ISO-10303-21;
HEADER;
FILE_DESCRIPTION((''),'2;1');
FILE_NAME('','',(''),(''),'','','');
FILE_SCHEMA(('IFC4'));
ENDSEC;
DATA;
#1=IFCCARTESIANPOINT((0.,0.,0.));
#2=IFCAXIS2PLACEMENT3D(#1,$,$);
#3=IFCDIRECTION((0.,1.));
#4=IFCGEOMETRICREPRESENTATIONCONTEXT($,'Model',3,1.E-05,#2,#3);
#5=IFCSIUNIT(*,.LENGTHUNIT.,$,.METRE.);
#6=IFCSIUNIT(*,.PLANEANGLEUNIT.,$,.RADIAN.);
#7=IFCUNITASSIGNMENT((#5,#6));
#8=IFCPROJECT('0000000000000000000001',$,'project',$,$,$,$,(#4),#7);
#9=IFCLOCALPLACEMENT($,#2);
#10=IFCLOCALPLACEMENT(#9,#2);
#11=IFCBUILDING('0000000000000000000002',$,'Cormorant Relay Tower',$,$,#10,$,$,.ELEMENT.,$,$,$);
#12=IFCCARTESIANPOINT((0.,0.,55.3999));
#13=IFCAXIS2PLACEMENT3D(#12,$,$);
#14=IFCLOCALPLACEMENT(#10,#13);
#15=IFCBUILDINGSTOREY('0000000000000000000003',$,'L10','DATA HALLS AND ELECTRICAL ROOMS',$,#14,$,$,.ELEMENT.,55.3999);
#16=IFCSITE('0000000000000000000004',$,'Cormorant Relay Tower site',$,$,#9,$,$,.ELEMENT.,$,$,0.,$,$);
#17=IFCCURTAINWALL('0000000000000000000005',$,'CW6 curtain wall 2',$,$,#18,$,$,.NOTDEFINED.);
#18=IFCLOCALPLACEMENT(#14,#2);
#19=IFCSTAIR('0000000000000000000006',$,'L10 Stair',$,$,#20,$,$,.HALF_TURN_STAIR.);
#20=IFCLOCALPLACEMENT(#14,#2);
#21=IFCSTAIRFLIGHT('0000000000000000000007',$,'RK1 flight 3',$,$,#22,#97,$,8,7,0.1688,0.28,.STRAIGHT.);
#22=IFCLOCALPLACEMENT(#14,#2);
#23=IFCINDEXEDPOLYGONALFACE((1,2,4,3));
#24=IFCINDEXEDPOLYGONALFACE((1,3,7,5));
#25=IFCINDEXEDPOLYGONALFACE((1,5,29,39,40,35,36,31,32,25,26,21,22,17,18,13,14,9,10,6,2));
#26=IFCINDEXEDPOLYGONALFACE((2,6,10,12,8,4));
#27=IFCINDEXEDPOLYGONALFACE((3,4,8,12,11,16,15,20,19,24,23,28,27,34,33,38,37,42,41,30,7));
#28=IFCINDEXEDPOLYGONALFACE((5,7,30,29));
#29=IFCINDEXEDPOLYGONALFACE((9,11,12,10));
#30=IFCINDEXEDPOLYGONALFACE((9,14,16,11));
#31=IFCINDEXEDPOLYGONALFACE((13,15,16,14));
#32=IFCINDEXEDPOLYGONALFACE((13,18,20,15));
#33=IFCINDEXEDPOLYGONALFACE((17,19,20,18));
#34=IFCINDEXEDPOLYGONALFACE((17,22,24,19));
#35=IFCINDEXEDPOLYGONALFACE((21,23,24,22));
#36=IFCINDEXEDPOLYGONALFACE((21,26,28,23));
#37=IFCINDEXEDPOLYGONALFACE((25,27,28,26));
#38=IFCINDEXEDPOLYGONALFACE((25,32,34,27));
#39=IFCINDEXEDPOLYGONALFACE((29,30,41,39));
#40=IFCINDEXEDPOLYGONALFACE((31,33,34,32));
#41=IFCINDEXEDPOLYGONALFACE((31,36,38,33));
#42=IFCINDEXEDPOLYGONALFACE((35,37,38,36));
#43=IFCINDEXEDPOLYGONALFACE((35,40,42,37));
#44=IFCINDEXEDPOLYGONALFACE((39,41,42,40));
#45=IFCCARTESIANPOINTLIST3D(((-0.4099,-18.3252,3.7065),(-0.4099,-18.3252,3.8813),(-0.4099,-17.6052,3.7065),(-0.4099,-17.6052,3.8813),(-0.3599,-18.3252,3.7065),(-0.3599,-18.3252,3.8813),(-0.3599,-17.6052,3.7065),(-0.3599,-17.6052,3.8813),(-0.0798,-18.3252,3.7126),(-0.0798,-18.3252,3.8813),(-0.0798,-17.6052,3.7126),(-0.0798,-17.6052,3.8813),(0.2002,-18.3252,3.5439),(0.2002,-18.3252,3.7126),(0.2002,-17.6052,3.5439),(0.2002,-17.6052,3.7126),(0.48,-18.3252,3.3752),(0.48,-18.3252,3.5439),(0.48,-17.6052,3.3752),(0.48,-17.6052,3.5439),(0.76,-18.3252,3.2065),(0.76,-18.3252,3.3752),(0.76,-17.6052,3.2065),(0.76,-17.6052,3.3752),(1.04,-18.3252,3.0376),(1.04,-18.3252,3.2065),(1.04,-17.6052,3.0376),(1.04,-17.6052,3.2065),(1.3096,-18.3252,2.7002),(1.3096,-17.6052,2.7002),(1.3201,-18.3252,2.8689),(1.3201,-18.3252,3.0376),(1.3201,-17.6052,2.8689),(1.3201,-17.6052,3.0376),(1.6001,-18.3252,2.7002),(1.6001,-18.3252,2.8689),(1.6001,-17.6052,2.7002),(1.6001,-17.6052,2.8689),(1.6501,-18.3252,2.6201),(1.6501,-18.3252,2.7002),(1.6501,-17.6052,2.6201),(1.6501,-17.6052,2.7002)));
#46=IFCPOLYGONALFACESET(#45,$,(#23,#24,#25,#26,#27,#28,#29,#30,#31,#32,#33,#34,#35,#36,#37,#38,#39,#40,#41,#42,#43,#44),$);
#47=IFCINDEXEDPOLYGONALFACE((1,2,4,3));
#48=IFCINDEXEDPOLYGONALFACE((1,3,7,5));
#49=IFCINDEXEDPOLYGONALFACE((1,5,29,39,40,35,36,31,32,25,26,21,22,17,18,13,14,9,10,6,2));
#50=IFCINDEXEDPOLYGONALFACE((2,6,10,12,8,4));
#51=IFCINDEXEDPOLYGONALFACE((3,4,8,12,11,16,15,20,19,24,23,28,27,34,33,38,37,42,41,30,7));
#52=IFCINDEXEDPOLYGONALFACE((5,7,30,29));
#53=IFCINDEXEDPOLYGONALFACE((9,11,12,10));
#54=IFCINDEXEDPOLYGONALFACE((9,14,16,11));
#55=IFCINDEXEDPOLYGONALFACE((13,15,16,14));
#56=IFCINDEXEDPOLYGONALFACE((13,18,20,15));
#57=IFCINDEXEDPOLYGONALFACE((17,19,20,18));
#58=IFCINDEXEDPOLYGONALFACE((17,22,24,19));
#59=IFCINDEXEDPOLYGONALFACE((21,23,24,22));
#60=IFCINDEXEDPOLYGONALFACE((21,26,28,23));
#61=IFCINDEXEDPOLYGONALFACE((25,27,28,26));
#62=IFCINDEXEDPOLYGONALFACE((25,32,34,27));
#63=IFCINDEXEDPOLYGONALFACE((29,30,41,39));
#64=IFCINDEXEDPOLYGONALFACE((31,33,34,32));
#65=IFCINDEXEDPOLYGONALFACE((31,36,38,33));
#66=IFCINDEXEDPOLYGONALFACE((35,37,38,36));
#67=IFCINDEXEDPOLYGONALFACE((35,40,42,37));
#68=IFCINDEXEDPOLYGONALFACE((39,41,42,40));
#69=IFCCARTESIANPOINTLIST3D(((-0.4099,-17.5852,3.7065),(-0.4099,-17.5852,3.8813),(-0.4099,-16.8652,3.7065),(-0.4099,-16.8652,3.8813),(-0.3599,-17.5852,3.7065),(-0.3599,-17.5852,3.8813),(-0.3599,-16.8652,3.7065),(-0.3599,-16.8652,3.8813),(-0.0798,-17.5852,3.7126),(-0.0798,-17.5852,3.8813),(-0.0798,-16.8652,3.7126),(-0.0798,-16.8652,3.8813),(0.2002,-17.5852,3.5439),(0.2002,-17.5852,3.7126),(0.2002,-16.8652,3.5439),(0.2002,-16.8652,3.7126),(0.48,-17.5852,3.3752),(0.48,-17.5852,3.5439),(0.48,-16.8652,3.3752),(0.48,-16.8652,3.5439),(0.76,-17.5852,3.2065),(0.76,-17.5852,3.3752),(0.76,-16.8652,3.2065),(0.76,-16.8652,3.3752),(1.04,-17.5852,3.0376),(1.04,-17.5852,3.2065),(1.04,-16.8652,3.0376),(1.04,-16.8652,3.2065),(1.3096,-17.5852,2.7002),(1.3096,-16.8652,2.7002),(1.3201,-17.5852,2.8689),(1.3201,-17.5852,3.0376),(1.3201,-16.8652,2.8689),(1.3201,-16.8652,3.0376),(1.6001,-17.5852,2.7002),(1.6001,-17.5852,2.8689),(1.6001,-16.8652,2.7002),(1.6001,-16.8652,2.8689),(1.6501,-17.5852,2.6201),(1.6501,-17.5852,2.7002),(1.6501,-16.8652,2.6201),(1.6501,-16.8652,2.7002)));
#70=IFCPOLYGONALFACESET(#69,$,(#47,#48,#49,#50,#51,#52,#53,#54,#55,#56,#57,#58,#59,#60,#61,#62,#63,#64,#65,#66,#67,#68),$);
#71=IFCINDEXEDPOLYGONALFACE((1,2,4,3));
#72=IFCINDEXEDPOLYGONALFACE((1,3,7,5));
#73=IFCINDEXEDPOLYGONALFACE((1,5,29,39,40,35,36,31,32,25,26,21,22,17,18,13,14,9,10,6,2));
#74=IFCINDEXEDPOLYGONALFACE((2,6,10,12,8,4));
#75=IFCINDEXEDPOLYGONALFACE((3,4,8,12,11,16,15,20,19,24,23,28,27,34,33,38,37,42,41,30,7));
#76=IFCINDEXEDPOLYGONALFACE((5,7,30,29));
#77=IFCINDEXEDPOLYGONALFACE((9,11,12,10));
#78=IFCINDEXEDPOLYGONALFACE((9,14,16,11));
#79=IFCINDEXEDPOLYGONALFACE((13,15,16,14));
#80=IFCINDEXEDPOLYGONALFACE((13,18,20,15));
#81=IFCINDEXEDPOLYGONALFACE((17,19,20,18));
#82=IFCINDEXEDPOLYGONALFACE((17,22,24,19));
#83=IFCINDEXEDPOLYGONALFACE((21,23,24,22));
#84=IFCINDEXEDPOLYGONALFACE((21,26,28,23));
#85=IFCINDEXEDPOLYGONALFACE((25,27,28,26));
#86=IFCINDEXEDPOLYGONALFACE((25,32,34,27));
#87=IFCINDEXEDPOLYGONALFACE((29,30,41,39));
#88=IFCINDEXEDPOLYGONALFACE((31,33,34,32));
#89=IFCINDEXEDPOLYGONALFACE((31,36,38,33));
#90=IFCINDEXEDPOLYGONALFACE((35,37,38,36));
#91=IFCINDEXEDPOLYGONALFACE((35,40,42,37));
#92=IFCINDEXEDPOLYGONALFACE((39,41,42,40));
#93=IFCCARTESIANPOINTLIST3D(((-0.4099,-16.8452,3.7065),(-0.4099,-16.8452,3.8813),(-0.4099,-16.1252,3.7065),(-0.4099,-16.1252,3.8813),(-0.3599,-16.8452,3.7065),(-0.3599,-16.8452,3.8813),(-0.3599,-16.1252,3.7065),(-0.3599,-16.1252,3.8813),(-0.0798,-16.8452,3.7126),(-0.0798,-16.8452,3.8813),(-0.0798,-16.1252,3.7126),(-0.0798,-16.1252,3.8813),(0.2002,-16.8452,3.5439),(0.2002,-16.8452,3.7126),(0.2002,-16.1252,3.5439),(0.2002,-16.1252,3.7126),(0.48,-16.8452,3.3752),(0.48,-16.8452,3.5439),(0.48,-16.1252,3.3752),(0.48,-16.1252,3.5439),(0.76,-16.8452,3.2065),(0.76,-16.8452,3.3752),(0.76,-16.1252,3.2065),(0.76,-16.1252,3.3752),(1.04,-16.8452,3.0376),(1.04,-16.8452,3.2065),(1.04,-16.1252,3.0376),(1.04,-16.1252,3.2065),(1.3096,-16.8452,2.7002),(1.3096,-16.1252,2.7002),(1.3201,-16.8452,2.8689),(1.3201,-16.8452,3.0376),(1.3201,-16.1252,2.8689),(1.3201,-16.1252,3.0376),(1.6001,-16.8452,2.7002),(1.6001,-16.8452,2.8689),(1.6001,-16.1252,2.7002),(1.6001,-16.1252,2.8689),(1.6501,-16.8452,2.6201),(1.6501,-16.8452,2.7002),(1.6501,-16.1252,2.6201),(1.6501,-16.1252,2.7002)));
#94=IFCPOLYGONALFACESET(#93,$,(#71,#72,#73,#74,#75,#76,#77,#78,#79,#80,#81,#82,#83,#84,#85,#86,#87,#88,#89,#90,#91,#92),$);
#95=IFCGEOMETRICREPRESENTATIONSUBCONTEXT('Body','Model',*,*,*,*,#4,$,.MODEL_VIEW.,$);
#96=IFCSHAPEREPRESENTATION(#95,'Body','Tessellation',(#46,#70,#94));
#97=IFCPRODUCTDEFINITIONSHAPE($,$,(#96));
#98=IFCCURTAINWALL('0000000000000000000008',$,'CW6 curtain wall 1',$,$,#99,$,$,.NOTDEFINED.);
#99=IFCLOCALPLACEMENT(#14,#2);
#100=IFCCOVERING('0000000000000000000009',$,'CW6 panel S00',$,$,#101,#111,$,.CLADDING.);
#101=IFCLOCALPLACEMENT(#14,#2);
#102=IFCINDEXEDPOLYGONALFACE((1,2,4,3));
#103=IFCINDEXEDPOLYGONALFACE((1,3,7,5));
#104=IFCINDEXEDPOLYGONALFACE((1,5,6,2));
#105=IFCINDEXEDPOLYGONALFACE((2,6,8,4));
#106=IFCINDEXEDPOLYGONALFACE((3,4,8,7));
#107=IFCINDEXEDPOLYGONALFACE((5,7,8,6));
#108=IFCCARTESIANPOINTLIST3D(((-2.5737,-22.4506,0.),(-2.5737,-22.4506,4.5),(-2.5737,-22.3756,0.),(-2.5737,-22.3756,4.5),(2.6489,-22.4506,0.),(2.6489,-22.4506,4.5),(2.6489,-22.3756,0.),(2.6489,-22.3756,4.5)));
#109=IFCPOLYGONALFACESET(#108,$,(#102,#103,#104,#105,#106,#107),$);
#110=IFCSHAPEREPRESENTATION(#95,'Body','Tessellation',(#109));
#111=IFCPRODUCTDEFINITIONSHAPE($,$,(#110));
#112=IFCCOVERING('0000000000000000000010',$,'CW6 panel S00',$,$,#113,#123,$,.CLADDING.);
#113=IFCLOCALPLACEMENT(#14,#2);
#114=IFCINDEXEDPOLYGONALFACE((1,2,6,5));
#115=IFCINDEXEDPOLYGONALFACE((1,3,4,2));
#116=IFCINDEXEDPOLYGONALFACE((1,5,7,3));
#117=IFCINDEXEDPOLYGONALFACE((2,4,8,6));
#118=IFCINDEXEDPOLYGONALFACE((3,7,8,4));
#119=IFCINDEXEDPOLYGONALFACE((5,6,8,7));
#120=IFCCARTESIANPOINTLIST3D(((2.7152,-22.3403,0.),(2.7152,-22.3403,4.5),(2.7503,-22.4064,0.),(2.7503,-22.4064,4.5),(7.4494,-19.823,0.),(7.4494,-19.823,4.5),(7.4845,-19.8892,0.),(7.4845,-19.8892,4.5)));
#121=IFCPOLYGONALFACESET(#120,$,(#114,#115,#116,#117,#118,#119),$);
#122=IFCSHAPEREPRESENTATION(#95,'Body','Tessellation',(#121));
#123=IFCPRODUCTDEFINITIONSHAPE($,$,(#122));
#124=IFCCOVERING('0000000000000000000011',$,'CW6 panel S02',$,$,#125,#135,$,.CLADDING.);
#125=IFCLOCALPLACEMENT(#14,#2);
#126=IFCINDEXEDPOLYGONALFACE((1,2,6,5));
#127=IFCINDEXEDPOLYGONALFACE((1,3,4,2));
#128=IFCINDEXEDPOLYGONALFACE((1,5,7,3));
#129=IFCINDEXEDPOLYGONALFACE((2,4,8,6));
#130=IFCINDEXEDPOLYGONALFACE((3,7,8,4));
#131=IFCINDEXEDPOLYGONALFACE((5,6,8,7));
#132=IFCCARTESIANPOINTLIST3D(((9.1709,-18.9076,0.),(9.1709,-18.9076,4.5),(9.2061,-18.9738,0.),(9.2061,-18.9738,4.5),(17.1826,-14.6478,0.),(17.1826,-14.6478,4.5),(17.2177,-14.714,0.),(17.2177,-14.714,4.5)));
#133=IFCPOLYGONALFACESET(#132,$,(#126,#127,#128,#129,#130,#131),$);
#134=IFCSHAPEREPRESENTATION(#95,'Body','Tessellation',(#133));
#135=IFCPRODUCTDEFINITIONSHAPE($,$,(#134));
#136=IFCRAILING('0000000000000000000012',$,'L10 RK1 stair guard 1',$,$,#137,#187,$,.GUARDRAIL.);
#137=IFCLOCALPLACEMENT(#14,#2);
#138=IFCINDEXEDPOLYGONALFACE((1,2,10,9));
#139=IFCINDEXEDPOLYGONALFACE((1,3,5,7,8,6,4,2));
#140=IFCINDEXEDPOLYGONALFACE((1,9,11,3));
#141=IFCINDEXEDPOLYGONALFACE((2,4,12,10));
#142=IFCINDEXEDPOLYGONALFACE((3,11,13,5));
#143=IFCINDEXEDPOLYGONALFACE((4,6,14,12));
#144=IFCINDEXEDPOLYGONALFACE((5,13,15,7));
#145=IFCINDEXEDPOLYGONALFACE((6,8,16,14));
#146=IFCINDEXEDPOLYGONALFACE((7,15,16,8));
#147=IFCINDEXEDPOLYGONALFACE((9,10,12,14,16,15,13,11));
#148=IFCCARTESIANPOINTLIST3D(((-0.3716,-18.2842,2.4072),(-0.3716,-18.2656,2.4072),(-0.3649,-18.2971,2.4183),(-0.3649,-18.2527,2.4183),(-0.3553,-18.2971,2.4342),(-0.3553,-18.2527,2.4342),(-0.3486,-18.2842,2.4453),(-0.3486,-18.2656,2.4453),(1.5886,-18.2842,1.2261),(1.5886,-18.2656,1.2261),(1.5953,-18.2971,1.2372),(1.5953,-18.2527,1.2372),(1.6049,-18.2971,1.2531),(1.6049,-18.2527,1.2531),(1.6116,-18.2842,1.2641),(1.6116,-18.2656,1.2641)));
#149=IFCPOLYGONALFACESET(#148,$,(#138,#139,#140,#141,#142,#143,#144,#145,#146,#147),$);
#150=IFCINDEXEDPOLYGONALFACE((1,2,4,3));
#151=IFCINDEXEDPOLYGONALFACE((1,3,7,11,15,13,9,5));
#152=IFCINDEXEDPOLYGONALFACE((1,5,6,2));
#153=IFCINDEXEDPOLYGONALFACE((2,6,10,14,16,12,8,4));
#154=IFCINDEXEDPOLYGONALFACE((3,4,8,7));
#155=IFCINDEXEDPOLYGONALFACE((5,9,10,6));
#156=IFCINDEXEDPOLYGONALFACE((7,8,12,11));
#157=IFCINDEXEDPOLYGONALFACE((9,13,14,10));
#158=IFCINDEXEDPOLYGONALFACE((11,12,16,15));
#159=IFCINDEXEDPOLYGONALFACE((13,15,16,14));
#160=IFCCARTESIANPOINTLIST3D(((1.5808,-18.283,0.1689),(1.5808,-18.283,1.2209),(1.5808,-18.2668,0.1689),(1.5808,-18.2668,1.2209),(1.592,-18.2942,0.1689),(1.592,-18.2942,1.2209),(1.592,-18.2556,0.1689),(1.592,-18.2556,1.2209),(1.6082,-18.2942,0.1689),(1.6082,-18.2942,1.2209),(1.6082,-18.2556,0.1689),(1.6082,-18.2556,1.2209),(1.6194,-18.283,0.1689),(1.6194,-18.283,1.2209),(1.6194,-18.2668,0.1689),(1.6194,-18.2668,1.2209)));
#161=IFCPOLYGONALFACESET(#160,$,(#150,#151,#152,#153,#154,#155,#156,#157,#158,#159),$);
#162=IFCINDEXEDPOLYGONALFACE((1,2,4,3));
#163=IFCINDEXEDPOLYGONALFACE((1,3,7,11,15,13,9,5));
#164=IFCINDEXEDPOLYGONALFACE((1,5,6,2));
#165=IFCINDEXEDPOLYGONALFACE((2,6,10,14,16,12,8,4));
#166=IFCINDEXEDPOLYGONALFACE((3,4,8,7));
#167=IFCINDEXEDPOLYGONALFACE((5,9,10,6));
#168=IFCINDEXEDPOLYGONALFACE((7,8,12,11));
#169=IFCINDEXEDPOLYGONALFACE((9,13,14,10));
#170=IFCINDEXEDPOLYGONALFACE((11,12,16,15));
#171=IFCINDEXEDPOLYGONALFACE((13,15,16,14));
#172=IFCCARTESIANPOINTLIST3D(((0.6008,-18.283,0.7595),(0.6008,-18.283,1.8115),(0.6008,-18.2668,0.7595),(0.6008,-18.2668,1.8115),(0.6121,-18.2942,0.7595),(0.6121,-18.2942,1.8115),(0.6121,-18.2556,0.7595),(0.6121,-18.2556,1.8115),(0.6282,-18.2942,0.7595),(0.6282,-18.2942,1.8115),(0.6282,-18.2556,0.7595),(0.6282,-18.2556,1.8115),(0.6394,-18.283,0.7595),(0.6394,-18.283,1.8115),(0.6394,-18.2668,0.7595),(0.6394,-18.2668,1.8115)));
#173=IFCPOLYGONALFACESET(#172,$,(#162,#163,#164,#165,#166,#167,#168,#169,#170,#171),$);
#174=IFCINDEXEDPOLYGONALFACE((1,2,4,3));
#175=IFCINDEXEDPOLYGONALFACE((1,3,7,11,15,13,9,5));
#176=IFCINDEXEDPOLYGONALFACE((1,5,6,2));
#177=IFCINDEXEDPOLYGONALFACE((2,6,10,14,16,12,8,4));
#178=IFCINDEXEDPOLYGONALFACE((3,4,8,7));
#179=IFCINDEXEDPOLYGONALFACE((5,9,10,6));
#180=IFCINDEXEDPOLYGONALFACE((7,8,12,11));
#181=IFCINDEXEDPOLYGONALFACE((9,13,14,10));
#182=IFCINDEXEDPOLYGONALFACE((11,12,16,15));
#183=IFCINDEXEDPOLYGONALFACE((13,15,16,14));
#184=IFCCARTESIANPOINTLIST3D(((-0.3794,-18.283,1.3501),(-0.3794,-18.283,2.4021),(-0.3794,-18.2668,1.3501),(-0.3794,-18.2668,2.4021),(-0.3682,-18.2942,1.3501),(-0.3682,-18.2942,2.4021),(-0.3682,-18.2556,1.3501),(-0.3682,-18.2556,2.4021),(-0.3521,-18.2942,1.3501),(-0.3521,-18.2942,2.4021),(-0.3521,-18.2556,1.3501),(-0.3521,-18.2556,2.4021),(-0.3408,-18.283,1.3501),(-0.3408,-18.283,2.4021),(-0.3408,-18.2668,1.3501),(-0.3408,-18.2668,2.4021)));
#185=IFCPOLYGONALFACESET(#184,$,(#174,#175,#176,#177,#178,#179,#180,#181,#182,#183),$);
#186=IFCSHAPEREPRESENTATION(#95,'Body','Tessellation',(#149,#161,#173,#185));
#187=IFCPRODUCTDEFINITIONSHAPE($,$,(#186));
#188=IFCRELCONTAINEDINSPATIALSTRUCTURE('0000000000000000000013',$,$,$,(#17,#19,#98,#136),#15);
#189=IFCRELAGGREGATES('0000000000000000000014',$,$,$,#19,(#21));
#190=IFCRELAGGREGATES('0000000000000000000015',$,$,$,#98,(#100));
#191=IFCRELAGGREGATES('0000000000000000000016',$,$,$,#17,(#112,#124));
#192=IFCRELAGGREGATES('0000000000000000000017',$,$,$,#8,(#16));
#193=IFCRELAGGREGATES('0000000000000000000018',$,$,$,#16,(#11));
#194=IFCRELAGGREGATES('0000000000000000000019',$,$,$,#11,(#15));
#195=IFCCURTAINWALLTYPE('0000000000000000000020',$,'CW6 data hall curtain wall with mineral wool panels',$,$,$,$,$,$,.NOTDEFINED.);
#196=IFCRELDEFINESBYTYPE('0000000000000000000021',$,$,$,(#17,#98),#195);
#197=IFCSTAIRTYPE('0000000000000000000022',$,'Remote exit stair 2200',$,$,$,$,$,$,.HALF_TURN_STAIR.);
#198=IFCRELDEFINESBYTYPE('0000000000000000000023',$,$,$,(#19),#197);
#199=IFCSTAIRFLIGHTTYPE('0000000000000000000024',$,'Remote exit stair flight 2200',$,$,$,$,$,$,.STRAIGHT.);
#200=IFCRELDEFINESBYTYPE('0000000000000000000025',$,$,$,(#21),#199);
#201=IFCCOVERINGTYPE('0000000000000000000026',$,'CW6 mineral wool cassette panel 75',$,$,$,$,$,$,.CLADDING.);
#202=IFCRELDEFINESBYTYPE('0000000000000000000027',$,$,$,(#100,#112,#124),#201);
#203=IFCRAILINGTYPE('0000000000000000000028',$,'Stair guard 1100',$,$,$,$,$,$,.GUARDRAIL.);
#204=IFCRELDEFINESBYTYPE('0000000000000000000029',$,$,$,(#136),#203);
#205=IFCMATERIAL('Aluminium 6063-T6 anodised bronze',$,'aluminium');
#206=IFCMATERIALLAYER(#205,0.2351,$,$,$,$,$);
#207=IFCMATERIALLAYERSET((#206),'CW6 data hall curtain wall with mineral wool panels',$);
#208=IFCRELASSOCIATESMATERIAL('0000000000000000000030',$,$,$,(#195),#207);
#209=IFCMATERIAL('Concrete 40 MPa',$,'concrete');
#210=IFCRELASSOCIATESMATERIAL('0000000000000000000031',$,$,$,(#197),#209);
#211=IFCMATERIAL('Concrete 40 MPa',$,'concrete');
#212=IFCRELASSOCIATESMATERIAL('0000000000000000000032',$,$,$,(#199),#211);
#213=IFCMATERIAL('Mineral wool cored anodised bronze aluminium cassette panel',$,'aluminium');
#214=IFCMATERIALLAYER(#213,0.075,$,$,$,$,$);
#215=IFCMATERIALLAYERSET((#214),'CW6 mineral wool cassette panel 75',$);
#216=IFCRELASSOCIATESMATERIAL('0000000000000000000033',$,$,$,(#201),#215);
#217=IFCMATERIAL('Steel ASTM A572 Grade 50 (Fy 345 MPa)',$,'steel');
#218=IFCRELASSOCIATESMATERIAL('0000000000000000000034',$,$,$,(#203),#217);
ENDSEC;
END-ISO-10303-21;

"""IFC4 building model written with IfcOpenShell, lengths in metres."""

from ifc_helpers import new_model, si_unit, direction, frame, origin, origin_2d, place, context, subcontext, project, spatial, polyline, rectangle, outline, extrude, material, layer, layer_set, type_object, element, aggregate, save


model = new_model("IFC4")

# Units and contexts
model_context = context("Model", 3, precision=1e-05, world=origin(), true_north=direction((0.0, 1.0)))
body_context = subcontext(model_context, "Body", "Model", "MODEL_VIEW")
ifc_project = project(units=[si_unit("LENGTHUNIT", "METRE"), si_unit("PLANEANGLEUNIT", "RADIAN")], contexts=[model_context])

# Site, building, storey
site_placement = place(None, origin())
site = spatial("IfcSite", under=ifc_project, at=site_placement, Name="Cormorant Relay Tower site", CompositionType="ELEMENT", RefElevation=0.0)
building_placement = place(site_placement, origin())
building = spatial("IfcBuilding", under=site, at=building_placement, Name="Cormorant Relay Tower", CompositionType="ELEMENT")
storey_placement = place(building_placement, frame((0.0, 0.0, 55.3999)))
storey = spatial("IfcBuildingStorey", under=building, at=storey_placement, Name="L10", Description="DATA HALLS AND ELECTRICAL ROOMS", CompositionType="ELEMENT", Elevation=55.3999)

# Curtain wall
ifc_material_1 = material(Name="Aluminium 6063-T6 anodised bronze", Category="aluminium")
ifc_layer_1 = layer(ifc_material_1, 0.2351)
ifc_layer_set_1 = layer_set([ifc_layer_1], Name="CW6 data hall curtain wall with mineral wool panels")
curtain_wall_type = type_object("IfcCurtainWallType", Name="CW6 data hall curtain wall with mineral wool panels", PredefinedType="NOTDEFINED", material=ifc_layer_set_1)
curtain_wall_1_placement = place(storey_placement, origin())
curtain_wall_1 = element("IfcCurtainWall", 1, at=curtain_wall_1_placement, inside=storey, type_object=curtain_wall_type, Name="CW6 curtain wall 2", PredefinedType="NOTDEFINED")

# Stair, stair flight
ifc_material_2 = material(Name="Concrete 40 MPa", Category="concrete")
stair_type = type_object("IfcStairType", Name="Remote exit stair 2200", PredefinedType="HALF_TURN_STAIR", material=ifc_material_2)
stair_placement = place(storey_placement, origin())
stair = element("IfcStair", 2, at=stair_placement, inside=storey, type_object=stair_type, Name="L10 Stair", PredefinedType="HALF_TURN_STAIR")
ifc_material_3 = material(Name="Concrete 40 MPa", Category="concrete")
stair_flight_type = type_object("IfcStairFlightType", Name="Remote exit stair flight 2200", PredefinedType="STRAIGHT", material=ifc_material_3)
stair_flight_1_placement = place(storey_placement, frame((1.6001, -17.2251, 2.7002), z_axis=(0.0, 0.0, 1.0), x_axis=(-1.0, 0.0, 0.0)))
stair_flight_1 = element("IfcStairFlight", 3, at=stair_flight_1_placement, type_object=stair_flight_type, Name="RK1 flight 3", NumberOfRisers=8, NumberOfTreads=7, PredefinedType="STRAIGHT", RiserHeight=0.1688, TreadLength=0.28, context=body_context, shape_type="SweptSolid", body=[
    extrude(outline(polyline([(-0.05, -0.0801), (-0.05, 0.0), (0.0, 0.0), (0.0, 0.1687), (0.28, 0.1687), (0.28, 0.3374), (0.5601, 0.3374), (0.5601, 0.5063), (0.8401, 0.5063), (0.8401, 0.675), (1.1201, 0.675), (1.1201, 0.8438), (1.3999, 0.8438), (1.3999, 1.0125), (1.6799, 1.0125), (1.6799, 1.1812), (1.96, 1.1812), (2.01, 1.1812), (2.01, 1.0063), (1.96, 1.0063), (0.2905, 0.0), (-0.05, -0.0801)])), frame((0.0, 1.1001, 0.0), z_axis=(0.0, -1.0, 0.0), x_axis=(1.0, 0.0, 0.0)), (0.0, 0.0, 1.0), 0.72),
    extrude(outline(polyline([(-0.05, -0.0801), (-0.05, 0.0), (0.0, 0.0), (0.0, 0.1687), (0.28, 0.1687), (0.28, 0.3374), (0.5601, 0.3374), (0.5601, 0.5063), (0.8401, 0.5063), (0.8401, 0.675), (1.1201, 0.675), (1.1201, 0.8438), (1.3999, 0.8438), (1.3999, 1.0125), (1.6799, 1.0125), (1.6799, 1.1812), (1.96, 1.1812), (2.01, 1.1812), (2.01, 1.0063), (1.96, 1.0063), (0.2905, 0.0), (-0.05, -0.0801)])), frame((0.0, 0.3601, 0.0), z_axis=(0.0, -1.0, 0.0), x_axis=(1.0, 0.0, 0.0)), (0.0, 0.0, 1.0), 0.72),
    extrude(outline(polyline([(-0.05, -0.0801), (-0.05, 0.0), (0.0, 0.0), (0.0, 0.1687), (0.28, 0.1687), (0.28, 0.3374), (0.5601, 0.3374), (0.5601, 0.5063), (0.8401, 0.5063), (0.8401, 0.675), (1.1201, 0.675), (1.1201, 0.8438), (1.3999, 0.8438), (1.3999, 1.0125), (1.6799, 1.0125), (1.6799, 1.1812), (1.96, 1.1812), (2.01, 1.1812), (2.01, 1.0063), (1.96, 1.0063), (0.2905, 0.0), (-0.05, -0.0801)])), frame((0.0, -0.3799, 0.0), z_axis=(0.0, -1.0, 0.0), x_axis=(1.0, 0.0, 0.0)), (0.0, 0.0, 1.0), 0.72),
])
aggregate(stair, [stair_flight_1])

# Curtain wall, covering
curtain_wall_2_placement = place(storey_placement, origin())
curtain_wall_2 = element("IfcCurtainWall", 4, at=curtain_wall_2_placement, inside=storey, type_object=curtain_wall_type, Name="CW6 curtain wall 1", PredefinedType="NOTDEFINED")
ifc_material_4 = material(Name="Mineral wool cored anodised bronze aluminium cassette panel", Category="aluminium")
ifc_layer_2 = layer(ifc_material_4, 0.075)
ifc_layer_set_2 = layer_set([ifc_layer_2], Name="CW6 mineral wool cassette panel 75")
covering_type = type_object("IfcCoveringType", Name="CW6 mineral wool cassette panel 75", PredefinedType="CLADDING", material=ifc_layer_set_2)
covering_1_placement = place(storey_placement, frame((0.0376, -22.4131, 0.0), z_axis=(0.0, 0.0, 1.0), x_axis=(1.0, 0.0, 0.0)))
covering_1 = element("IfcCovering", 5, at=covering_1_placement, type_object=covering_type, Name="CW6 panel S00", PredefinedType="CLADDING", context=body_context, shape_type="SweptSolid", body=[
    extrude(rectangle(XDim=5.2227, YDim=0.075, at=origin_2d()), origin(), (0.0, 0.0, 1.0), 4.5),
])
aggregate(curtain_wall_2, [covering_1])

# Coverings
covering_2_placement = place(storey_placement, frame((5.0999, -21.1147, 0.0), z_axis=(0.0, 0.0, 1.0), x_axis=(0.882948, 0.469472, 0.0)))
covering_2 = element("IfcCovering", 6, at=covering_2_placement, type_object=covering_type, Name="CW6 panel S00", PredefinedType="CLADDING", context=body_context, shape_type="SweptSolid", body=[
    extrude(rectangle(XDim=5.3618, YDim=0.075, at=origin_2d()), origin(), (0.0, 0.0, 1.0), 4.5),
])
covering_3_placement = place(storey_placement, frame((13.1943, -16.8108, 0.0), z_axis=(0.0, 0.0, 1.0), x_axis=(0.882948, 0.469472, 0.0)))
covering_3 = element("IfcCovering", 7, at=covering_3_placement, type_object=covering_type, Name="CW6 panel S02", PredefinedType="CLADDING", context=body_context, shape_type="SweptSolid", body=[
    extrude(rectangle(XDim=9.0737, YDim=0.075, at=origin_2d()), origin(), (0.0, 0.0, 1.0), 4.5),
])
aggregate(curtain_wall_1, [covering_2, covering_3])

# Railing
ifc_material_5 = material(Name="Steel ASTM A572 Grade 50 (Fy 345 MPa)", Category="steel")
railing_type_1 = type_object("IfcRailingType", Name="Stair guard 1100", PredefinedType="GUARDRAIL", material=ifc_material_5)
railing_1_placement = place(storey_placement, frame((1.6001, -18.2749, 0.1689)))
element("IfcRailing", 8, at=railing_1_placement, inside=storey, type_object=railing_type_1, Name="L10 RK1 stair guard 1", PredefinedType="GUARDRAIL", context=body_context, shape_type="SweptSolid", body=[
    extrude(outline(polyline([(0.0222, 0.0093), (0.0093, 0.0222), (-0.0093, 0.0222), (-0.0222, 0.0093), (-0.0222, -0.0093), (-0.0093, -0.0222), (0.0093, -0.0222), (0.0222, -0.0093), (0.0222, 0.0093)])), frame((0.0, 0.0, 1.0762), z_axis=(-0.856522, 0.0, 0.516111), x_axis=(0.0, -1.0, 0.0)), (0.0, 0.0, 1.0), 2.2886),
    extrude(outline(polyline([(0.0193, 0.0081), (0.0081, 0.0193), (-0.0081, 0.0193), (-0.0193, 0.0081), (-0.0193, -0.0081), (-0.0081, -0.0193), (0.0081, -0.0193), (0.0193, -0.0081), (0.0193, 0.0081)])), origin(), (0.0, 0.0, 1.0), 1.052),
    extrude(outline(polyline([(0.0193, 0.0081), (0.0081, 0.0193), (-0.0081, 0.0193), (-0.0193, 0.0081), (-0.0193, -0.0081), (-0.0081, -0.0193), (0.0081, -0.0193), (0.0193, -0.0081), (0.0193, 0.0081)])), frame((-0.98, 0.0, 0.5906)), (0.0, 0.0, 1.0), 1.052),
    extrude(outline(polyline([(0.0193, 0.0081), (0.0081, 0.0193), (-0.0081, 0.0193), (-0.0193, 0.0081), (-0.0193, -0.0081), (-0.0081, -0.0193), (0.0081, -0.0193), (0.0193, -0.0081), (0.0193, 0.0081)])), frame((-1.9602, 0.0, 1.1812)), (0.0, 0.0, 1.0), 1.052),
])

save(model, "model.ifc")
